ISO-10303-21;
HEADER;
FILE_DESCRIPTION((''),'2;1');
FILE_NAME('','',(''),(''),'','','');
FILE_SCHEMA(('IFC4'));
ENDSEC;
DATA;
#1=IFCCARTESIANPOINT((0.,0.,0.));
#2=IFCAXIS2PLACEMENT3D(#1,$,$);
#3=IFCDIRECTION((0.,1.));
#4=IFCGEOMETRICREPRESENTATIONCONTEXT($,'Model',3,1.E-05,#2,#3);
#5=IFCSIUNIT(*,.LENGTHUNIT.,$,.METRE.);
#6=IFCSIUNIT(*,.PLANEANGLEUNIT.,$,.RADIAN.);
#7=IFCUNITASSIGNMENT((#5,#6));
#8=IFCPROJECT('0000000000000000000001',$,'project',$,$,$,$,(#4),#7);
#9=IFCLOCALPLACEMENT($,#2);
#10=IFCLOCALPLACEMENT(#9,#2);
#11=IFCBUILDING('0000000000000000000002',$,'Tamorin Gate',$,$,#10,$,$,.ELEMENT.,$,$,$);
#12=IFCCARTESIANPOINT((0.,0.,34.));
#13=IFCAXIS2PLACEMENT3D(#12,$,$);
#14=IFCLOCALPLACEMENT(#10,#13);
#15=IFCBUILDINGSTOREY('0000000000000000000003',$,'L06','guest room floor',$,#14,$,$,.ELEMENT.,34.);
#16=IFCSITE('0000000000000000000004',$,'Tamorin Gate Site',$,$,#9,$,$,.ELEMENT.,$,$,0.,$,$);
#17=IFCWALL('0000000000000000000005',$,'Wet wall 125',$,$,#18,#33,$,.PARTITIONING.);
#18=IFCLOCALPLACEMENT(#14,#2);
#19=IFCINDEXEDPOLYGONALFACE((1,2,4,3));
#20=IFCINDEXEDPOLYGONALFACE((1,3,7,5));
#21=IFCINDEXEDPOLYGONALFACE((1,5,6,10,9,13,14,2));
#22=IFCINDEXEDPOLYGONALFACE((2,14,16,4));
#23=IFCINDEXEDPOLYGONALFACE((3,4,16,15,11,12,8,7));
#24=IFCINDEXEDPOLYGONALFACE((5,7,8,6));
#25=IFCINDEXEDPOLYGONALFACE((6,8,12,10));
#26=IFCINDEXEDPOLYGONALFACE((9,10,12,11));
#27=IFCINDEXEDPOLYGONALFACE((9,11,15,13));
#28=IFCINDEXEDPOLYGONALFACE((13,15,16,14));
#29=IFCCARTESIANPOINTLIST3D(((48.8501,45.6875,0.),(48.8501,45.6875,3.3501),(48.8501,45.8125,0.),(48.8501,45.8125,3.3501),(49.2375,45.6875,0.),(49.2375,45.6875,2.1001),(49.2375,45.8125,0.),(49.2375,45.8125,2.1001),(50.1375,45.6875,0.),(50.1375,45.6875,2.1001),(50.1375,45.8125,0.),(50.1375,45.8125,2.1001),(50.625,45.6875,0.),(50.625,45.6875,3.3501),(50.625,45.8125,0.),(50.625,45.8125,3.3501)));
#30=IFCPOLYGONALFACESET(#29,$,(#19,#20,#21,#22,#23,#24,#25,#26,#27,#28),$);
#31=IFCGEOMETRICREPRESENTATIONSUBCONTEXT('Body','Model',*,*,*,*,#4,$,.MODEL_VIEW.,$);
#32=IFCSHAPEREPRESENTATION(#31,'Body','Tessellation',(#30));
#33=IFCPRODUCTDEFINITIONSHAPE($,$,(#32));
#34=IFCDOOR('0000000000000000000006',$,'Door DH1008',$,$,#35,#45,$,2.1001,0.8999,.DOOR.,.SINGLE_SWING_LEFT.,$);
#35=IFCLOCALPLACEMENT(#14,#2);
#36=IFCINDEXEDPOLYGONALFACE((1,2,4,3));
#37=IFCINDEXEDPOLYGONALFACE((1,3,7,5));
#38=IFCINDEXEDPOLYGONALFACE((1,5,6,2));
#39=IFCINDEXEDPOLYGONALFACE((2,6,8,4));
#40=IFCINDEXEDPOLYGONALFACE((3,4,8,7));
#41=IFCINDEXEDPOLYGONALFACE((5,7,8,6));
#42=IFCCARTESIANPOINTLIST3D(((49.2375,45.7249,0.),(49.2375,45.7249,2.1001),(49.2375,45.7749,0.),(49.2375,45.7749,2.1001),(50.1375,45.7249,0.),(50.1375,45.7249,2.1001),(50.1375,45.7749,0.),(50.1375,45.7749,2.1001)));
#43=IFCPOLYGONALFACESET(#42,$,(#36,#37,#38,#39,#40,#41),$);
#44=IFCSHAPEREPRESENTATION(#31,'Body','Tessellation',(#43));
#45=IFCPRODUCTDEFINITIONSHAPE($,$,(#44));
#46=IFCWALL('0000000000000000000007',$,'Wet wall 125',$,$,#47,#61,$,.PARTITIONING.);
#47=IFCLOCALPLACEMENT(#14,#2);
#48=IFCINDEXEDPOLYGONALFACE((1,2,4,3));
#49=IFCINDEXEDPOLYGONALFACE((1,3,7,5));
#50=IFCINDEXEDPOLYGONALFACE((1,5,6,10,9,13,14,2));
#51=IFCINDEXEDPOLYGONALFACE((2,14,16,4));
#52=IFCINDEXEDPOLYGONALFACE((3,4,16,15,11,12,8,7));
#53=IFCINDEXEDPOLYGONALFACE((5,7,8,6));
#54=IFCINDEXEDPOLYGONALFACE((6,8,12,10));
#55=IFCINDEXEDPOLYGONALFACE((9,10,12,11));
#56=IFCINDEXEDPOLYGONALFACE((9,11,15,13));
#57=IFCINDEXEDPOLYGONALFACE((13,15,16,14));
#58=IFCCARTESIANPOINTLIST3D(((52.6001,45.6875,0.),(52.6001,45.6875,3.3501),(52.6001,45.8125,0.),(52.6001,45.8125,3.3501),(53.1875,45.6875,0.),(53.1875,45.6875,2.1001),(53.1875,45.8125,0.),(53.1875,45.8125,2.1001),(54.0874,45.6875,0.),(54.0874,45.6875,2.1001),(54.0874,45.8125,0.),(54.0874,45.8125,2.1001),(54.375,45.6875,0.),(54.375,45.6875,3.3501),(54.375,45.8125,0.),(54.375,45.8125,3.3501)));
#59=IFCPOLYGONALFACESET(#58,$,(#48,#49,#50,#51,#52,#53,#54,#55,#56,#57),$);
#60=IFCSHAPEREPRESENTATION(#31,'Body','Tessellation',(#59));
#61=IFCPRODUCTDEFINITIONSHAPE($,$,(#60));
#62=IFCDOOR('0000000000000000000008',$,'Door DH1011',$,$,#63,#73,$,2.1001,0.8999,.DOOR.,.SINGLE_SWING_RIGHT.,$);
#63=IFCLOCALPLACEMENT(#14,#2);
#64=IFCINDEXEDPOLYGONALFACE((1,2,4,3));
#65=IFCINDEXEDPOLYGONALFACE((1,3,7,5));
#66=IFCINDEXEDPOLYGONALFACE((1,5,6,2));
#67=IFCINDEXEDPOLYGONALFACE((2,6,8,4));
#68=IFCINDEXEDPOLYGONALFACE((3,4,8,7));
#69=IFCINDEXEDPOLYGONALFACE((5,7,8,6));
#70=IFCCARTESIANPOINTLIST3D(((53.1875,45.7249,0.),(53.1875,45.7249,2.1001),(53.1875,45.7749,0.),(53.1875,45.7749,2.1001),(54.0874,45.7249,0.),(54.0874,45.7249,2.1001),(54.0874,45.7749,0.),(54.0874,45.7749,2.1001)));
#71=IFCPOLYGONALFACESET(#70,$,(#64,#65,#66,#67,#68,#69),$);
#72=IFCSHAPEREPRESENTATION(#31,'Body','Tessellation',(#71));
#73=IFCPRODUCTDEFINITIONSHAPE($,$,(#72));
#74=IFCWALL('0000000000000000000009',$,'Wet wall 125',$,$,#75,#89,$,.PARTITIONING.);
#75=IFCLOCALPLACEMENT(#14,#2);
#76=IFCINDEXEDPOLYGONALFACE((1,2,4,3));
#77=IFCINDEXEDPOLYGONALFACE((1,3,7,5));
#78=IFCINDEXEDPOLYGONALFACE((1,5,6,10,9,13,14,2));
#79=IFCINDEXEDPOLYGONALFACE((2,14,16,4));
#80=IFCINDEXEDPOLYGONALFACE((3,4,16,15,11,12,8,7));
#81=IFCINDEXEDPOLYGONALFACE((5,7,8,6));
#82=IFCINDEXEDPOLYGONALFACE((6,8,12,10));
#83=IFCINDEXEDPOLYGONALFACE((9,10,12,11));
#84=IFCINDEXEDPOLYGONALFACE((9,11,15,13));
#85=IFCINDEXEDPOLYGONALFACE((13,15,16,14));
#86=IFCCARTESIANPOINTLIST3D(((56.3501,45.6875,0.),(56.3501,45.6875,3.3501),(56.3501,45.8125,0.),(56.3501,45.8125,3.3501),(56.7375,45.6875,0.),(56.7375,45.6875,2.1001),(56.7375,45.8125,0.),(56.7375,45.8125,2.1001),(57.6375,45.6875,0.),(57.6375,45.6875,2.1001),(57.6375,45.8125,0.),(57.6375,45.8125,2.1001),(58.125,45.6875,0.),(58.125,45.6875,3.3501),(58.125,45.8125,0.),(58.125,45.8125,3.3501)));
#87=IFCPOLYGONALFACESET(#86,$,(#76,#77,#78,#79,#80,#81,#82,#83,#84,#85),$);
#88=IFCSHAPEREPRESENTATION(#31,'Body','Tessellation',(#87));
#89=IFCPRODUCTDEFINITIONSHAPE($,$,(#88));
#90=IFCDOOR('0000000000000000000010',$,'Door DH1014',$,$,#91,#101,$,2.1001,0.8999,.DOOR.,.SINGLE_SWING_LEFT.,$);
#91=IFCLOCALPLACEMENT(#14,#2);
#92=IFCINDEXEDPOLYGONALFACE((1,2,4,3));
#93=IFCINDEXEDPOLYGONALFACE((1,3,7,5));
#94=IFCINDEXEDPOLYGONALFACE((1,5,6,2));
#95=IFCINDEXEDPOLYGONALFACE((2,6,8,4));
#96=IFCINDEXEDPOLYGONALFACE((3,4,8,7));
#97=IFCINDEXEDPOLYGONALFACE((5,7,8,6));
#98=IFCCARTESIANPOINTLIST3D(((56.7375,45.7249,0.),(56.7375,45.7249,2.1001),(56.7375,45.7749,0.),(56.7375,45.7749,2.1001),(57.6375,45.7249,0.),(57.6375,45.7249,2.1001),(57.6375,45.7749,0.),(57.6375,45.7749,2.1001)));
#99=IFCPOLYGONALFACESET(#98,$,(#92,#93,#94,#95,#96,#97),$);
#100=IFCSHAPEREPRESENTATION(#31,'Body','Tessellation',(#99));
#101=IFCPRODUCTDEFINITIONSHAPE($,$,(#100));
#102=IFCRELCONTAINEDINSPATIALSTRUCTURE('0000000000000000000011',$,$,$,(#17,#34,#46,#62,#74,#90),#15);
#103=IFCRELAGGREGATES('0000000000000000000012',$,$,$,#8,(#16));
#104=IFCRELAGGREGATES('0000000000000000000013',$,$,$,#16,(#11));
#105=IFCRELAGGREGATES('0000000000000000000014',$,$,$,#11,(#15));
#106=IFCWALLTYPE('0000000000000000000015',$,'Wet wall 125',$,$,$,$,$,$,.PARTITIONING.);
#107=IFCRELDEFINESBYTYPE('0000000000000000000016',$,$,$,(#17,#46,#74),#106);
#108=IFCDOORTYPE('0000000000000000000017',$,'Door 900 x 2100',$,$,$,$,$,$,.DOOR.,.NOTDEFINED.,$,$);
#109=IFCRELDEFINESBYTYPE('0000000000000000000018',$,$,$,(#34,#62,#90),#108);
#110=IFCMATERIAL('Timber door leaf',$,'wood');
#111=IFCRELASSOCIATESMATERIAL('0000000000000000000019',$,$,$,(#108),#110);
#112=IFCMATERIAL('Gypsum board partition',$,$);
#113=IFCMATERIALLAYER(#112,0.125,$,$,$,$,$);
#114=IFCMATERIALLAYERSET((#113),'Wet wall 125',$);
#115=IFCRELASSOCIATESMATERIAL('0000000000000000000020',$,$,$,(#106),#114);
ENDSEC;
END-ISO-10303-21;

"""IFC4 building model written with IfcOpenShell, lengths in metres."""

from ifc_helpers import new_model, si_unit, direction, frame, frame_2d, origin, place, context, subcontext, project, spatial, rectangle, extrude, material, layer, layer_set, type_object, element, fill, save


model = new_model("IFC4")

# Units and contexts
model_context = context("Model", 3, precision=1e-05, world=origin(), true_north=direction((0.0, 1.0)))
body_context = subcontext(model_context, "Body", "Model", "MODEL_VIEW")
ifc_project = project(units=[si_unit("LENGTHUNIT", "METRE"), si_unit("PLANEANGLEUNIT", "RADIAN")], contexts=[model_context])

# Site, building, storey
site_placement = place(None, origin())
site = spatial("IfcSite", under=ifc_project, at=site_placement, Name="Tamorin Gate Site", CompositionType="ELEMENT", RefElevation=0.0)
building_placement = place(site_placement, origin())
building = spatial("IfcBuilding", under=site, at=building_placement, Name="Tamorin Gate", CompositionType="ELEMENT")
storey_placement = place(building_placement, frame((0.0, 0.0, 34.0)))
storey = spatial("IfcBuildingStorey", under=building, at=storey_placement, Name="L06", Description="guest room floor", CompositionType="ELEMENT", Elevation=34.0)

# Shared definitions
ifc_material_1 = material(Name="Gypsum board partition")

# Walls, openings, doors
ifc_material_2 = material(Name="Timber door leaf", Category="wood")
door_type_1 = type_object("IfcDoorType", Name="Door 900 x 2100", OperationType="NOTDEFINED", PredefinedType="DOOR", material=ifc_material_2)
ifc_layer_1 = layer(ifc_material_1, 0.125)
ifc_layer_set_1 = layer_set([ifc_layer_1], Name="Wet wall 125")
wall_type_1 = type_object("IfcWallType", Name="Wet wall 125", PredefinedType="PARTITIONING", material=ifc_layer_set_1)
wall_1_placement = place(storey_placement, frame((48.8501, 45.75, 0.0), z_axis=(0.0, 0.0, 1.0), x_axis=(1.0, 0.0, 0.0)))
wall_1 = element("IfcWall", 1, at=wall_1_placement, inside=storey, type_object=wall_type_1, Name="Wet wall 125", PredefinedType="PARTITIONING", context=body_context, shape_type="SweptSolid", body=[
    extrude(rectangle(XDim=1.7749, YDim=0.125, at=frame_2d((0.8875, 0.0))), origin(), (0.0, 0.0, 1.0), 3.3501),
])
opening_1_placement = place(wall_1_placement, frame((0.3875, 0.0, 0.0)))
opening_1 = element("IfcOpeningElement", 2, at=opening_1_placement, cuts=wall_1, PredefinedType="OPENING", context=body_context, shape_type="SweptSolid", body=[
    extrude(rectangle(XDim=0.8999, YDim=2.1001, at=frame_2d((0.45, 1.05))), frame((0.0, 0.0725, 0.0), z_axis=(0.0, -1.0, 0.0), x_axis=(1.0, 0.0, 0.0)), (0.0, 0.0, 1.0), 0.145),
])
door_1_placement = place(opening_1_placement, origin())
door_1 = element("IfcDoor", 3, at=door_1_placement, inside=storey, type_object=door_type_1, Name="Door DH1008", OperationType="SINGLE_SWING_LEFT", OverallHeight=2.1001, OverallWidth=0.8999, PredefinedType="DOOR", context=body_context, shape_type="SweptSolid", body=[
    extrude(rectangle(XDim=0.8999, YDim=2.1001, at=frame_2d((0.45, 1.05))), frame((0.0, 0.0249, 0.0), z_axis=(0.0, -1.0, 0.0), x_axis=(1.0, 0.0, 0.0)), (0.0, 0.0, 1.0), 0.05),
])
fill(opening_1, door_1)
wall_2_placement = place(storey_placement, frame((52.6001, 45.75, 0.0), z_axis=(0.0, 0.0, 1.0), x_axis=(1.0, 0.0, 0.0)))
wall_2 = element("IfcWall", 4, at=wall_2_placement, inside=storey, type_object=wall_type_1, Name="Wet wall 125", PredefinedType="PARTITIONING", context=body_context, shape_type="SweptSolid", body=[
    extrude(rectangle(XDim=1.7749, YDim=0.125, at=frame_2d((0.8875, 0.0))), origin(), (0.0, 0.0, 1.0), 3.3501),
])
opening_2_placement = place(wall_2_placement, frame((0.5874, 0.0, 0.0)))
opening_2 = element("IfcOpeningElement", 5, at=opening_2_placement, cuts=wall_2, PredefinedType="OPENING", context=body_context, shape_type="SweptSolid", body=[
    extrude(rectangle(XDim=0.8999, YDim=2.1001, at=frame_2d((0.45, 1.05))), frame((0.0, 0.0725, 0.0), z_axis=(0.0, -1.0, 0.0), x_axis=(1.0, 0.0, 0.0)), (0.0, 0.0, 1.0), 0.145),
])
door_2_placement = place(opening_2_placement, origin())
door_2 = element("IfcDoor", 6, at=door_2_placement, inside=storey, type_object=door_type_1, Name="Door DH1011", OperationType="SINGLE_SWING_RIGHT", OverallHeight=2.1001, OverallWidth=0.8999, PredefinedType="DOOR", context=body_context, shape_type="SweptSolid", body=[
    extrude(rectangle(XDim=0.8999, YDim=2.1001, at=frame_2d((0.45, 1.05))), frame((0.0, 0.0249, 0.0), z_axis=(0.0, -1.0, 0.0), x_axis=(1.0, 0.0, 0.0)), (0.0, 0.0, 1.0), 0.05),
])
fill(opening_2, door_2)
wall_3_placement = place(storey_placement, frame((56.3501, 45.75, 0.0), z_axis=(0.0, 0.0, 1.0), x_axis=(1.0, 0.0, 0.0)))
wall_3 = element("IfcWall", 7, at=wall_3_placement, inside=storey, type_object=wall_type_1, Name="Wet wall 125", PredefinedType="PARTITIONING", context=body_context, shape_type="SweptSolid", body=[
    extrude(rectangle(XDim=1.7749, YDim=0.125, at=frame_2d((0.8875, 0.0))), origin(), (0.0, 0.0, 1.0), 3.3501),
])
opening_3_placement = place(wall_3_placement, frame((0.3875, 0.0, 0.0)))
opening_3 = element("IfcOpeningElement", 8, at=opening_3_placement, cuts=wall_3, PredefinedType="OPENING", context=body_context, shape_type="SweptSolid", body=[
    extrude(rectangle(XDim=0.8999, YDim=2.1001, at=frame_2d((0.45, 1.05))), frame((0.0, 0.0725, 0.0), z_axis=(0.0, -1.0, 0.0), x_axis=(1.0, 0.0, 0.0)), (0.0, 0.0, 1.0), 0.145),
])
door_3_placement = place(opening_3_placement, origin())
door_3 = element("IfcDoor", 9, at=door_3_placement, inside=storey, type_object=door_type_1, Name="Door DH1014", OperationType="SINGLE_SWING_LEFT", OverallHeight=2.1001, OverallWidth=0.8999, PredefinedType="DOOR", context=body_context, shape_type="SweptSolid", body=[
    extrude(rectangle(XDim=0.8999, YDim=2.1001, at=frame_2d((0.45, 1.05))), frame((0.0, 0.0249, 0.0), z_axis=(0.0, -1.0, 0.0), x_axis=(1.0, 0.0, 0.0)), (0.0, 0.0, 1.0), 0.05),
])
fill(opening_3, door_3)

save(model, "model.ifc")
